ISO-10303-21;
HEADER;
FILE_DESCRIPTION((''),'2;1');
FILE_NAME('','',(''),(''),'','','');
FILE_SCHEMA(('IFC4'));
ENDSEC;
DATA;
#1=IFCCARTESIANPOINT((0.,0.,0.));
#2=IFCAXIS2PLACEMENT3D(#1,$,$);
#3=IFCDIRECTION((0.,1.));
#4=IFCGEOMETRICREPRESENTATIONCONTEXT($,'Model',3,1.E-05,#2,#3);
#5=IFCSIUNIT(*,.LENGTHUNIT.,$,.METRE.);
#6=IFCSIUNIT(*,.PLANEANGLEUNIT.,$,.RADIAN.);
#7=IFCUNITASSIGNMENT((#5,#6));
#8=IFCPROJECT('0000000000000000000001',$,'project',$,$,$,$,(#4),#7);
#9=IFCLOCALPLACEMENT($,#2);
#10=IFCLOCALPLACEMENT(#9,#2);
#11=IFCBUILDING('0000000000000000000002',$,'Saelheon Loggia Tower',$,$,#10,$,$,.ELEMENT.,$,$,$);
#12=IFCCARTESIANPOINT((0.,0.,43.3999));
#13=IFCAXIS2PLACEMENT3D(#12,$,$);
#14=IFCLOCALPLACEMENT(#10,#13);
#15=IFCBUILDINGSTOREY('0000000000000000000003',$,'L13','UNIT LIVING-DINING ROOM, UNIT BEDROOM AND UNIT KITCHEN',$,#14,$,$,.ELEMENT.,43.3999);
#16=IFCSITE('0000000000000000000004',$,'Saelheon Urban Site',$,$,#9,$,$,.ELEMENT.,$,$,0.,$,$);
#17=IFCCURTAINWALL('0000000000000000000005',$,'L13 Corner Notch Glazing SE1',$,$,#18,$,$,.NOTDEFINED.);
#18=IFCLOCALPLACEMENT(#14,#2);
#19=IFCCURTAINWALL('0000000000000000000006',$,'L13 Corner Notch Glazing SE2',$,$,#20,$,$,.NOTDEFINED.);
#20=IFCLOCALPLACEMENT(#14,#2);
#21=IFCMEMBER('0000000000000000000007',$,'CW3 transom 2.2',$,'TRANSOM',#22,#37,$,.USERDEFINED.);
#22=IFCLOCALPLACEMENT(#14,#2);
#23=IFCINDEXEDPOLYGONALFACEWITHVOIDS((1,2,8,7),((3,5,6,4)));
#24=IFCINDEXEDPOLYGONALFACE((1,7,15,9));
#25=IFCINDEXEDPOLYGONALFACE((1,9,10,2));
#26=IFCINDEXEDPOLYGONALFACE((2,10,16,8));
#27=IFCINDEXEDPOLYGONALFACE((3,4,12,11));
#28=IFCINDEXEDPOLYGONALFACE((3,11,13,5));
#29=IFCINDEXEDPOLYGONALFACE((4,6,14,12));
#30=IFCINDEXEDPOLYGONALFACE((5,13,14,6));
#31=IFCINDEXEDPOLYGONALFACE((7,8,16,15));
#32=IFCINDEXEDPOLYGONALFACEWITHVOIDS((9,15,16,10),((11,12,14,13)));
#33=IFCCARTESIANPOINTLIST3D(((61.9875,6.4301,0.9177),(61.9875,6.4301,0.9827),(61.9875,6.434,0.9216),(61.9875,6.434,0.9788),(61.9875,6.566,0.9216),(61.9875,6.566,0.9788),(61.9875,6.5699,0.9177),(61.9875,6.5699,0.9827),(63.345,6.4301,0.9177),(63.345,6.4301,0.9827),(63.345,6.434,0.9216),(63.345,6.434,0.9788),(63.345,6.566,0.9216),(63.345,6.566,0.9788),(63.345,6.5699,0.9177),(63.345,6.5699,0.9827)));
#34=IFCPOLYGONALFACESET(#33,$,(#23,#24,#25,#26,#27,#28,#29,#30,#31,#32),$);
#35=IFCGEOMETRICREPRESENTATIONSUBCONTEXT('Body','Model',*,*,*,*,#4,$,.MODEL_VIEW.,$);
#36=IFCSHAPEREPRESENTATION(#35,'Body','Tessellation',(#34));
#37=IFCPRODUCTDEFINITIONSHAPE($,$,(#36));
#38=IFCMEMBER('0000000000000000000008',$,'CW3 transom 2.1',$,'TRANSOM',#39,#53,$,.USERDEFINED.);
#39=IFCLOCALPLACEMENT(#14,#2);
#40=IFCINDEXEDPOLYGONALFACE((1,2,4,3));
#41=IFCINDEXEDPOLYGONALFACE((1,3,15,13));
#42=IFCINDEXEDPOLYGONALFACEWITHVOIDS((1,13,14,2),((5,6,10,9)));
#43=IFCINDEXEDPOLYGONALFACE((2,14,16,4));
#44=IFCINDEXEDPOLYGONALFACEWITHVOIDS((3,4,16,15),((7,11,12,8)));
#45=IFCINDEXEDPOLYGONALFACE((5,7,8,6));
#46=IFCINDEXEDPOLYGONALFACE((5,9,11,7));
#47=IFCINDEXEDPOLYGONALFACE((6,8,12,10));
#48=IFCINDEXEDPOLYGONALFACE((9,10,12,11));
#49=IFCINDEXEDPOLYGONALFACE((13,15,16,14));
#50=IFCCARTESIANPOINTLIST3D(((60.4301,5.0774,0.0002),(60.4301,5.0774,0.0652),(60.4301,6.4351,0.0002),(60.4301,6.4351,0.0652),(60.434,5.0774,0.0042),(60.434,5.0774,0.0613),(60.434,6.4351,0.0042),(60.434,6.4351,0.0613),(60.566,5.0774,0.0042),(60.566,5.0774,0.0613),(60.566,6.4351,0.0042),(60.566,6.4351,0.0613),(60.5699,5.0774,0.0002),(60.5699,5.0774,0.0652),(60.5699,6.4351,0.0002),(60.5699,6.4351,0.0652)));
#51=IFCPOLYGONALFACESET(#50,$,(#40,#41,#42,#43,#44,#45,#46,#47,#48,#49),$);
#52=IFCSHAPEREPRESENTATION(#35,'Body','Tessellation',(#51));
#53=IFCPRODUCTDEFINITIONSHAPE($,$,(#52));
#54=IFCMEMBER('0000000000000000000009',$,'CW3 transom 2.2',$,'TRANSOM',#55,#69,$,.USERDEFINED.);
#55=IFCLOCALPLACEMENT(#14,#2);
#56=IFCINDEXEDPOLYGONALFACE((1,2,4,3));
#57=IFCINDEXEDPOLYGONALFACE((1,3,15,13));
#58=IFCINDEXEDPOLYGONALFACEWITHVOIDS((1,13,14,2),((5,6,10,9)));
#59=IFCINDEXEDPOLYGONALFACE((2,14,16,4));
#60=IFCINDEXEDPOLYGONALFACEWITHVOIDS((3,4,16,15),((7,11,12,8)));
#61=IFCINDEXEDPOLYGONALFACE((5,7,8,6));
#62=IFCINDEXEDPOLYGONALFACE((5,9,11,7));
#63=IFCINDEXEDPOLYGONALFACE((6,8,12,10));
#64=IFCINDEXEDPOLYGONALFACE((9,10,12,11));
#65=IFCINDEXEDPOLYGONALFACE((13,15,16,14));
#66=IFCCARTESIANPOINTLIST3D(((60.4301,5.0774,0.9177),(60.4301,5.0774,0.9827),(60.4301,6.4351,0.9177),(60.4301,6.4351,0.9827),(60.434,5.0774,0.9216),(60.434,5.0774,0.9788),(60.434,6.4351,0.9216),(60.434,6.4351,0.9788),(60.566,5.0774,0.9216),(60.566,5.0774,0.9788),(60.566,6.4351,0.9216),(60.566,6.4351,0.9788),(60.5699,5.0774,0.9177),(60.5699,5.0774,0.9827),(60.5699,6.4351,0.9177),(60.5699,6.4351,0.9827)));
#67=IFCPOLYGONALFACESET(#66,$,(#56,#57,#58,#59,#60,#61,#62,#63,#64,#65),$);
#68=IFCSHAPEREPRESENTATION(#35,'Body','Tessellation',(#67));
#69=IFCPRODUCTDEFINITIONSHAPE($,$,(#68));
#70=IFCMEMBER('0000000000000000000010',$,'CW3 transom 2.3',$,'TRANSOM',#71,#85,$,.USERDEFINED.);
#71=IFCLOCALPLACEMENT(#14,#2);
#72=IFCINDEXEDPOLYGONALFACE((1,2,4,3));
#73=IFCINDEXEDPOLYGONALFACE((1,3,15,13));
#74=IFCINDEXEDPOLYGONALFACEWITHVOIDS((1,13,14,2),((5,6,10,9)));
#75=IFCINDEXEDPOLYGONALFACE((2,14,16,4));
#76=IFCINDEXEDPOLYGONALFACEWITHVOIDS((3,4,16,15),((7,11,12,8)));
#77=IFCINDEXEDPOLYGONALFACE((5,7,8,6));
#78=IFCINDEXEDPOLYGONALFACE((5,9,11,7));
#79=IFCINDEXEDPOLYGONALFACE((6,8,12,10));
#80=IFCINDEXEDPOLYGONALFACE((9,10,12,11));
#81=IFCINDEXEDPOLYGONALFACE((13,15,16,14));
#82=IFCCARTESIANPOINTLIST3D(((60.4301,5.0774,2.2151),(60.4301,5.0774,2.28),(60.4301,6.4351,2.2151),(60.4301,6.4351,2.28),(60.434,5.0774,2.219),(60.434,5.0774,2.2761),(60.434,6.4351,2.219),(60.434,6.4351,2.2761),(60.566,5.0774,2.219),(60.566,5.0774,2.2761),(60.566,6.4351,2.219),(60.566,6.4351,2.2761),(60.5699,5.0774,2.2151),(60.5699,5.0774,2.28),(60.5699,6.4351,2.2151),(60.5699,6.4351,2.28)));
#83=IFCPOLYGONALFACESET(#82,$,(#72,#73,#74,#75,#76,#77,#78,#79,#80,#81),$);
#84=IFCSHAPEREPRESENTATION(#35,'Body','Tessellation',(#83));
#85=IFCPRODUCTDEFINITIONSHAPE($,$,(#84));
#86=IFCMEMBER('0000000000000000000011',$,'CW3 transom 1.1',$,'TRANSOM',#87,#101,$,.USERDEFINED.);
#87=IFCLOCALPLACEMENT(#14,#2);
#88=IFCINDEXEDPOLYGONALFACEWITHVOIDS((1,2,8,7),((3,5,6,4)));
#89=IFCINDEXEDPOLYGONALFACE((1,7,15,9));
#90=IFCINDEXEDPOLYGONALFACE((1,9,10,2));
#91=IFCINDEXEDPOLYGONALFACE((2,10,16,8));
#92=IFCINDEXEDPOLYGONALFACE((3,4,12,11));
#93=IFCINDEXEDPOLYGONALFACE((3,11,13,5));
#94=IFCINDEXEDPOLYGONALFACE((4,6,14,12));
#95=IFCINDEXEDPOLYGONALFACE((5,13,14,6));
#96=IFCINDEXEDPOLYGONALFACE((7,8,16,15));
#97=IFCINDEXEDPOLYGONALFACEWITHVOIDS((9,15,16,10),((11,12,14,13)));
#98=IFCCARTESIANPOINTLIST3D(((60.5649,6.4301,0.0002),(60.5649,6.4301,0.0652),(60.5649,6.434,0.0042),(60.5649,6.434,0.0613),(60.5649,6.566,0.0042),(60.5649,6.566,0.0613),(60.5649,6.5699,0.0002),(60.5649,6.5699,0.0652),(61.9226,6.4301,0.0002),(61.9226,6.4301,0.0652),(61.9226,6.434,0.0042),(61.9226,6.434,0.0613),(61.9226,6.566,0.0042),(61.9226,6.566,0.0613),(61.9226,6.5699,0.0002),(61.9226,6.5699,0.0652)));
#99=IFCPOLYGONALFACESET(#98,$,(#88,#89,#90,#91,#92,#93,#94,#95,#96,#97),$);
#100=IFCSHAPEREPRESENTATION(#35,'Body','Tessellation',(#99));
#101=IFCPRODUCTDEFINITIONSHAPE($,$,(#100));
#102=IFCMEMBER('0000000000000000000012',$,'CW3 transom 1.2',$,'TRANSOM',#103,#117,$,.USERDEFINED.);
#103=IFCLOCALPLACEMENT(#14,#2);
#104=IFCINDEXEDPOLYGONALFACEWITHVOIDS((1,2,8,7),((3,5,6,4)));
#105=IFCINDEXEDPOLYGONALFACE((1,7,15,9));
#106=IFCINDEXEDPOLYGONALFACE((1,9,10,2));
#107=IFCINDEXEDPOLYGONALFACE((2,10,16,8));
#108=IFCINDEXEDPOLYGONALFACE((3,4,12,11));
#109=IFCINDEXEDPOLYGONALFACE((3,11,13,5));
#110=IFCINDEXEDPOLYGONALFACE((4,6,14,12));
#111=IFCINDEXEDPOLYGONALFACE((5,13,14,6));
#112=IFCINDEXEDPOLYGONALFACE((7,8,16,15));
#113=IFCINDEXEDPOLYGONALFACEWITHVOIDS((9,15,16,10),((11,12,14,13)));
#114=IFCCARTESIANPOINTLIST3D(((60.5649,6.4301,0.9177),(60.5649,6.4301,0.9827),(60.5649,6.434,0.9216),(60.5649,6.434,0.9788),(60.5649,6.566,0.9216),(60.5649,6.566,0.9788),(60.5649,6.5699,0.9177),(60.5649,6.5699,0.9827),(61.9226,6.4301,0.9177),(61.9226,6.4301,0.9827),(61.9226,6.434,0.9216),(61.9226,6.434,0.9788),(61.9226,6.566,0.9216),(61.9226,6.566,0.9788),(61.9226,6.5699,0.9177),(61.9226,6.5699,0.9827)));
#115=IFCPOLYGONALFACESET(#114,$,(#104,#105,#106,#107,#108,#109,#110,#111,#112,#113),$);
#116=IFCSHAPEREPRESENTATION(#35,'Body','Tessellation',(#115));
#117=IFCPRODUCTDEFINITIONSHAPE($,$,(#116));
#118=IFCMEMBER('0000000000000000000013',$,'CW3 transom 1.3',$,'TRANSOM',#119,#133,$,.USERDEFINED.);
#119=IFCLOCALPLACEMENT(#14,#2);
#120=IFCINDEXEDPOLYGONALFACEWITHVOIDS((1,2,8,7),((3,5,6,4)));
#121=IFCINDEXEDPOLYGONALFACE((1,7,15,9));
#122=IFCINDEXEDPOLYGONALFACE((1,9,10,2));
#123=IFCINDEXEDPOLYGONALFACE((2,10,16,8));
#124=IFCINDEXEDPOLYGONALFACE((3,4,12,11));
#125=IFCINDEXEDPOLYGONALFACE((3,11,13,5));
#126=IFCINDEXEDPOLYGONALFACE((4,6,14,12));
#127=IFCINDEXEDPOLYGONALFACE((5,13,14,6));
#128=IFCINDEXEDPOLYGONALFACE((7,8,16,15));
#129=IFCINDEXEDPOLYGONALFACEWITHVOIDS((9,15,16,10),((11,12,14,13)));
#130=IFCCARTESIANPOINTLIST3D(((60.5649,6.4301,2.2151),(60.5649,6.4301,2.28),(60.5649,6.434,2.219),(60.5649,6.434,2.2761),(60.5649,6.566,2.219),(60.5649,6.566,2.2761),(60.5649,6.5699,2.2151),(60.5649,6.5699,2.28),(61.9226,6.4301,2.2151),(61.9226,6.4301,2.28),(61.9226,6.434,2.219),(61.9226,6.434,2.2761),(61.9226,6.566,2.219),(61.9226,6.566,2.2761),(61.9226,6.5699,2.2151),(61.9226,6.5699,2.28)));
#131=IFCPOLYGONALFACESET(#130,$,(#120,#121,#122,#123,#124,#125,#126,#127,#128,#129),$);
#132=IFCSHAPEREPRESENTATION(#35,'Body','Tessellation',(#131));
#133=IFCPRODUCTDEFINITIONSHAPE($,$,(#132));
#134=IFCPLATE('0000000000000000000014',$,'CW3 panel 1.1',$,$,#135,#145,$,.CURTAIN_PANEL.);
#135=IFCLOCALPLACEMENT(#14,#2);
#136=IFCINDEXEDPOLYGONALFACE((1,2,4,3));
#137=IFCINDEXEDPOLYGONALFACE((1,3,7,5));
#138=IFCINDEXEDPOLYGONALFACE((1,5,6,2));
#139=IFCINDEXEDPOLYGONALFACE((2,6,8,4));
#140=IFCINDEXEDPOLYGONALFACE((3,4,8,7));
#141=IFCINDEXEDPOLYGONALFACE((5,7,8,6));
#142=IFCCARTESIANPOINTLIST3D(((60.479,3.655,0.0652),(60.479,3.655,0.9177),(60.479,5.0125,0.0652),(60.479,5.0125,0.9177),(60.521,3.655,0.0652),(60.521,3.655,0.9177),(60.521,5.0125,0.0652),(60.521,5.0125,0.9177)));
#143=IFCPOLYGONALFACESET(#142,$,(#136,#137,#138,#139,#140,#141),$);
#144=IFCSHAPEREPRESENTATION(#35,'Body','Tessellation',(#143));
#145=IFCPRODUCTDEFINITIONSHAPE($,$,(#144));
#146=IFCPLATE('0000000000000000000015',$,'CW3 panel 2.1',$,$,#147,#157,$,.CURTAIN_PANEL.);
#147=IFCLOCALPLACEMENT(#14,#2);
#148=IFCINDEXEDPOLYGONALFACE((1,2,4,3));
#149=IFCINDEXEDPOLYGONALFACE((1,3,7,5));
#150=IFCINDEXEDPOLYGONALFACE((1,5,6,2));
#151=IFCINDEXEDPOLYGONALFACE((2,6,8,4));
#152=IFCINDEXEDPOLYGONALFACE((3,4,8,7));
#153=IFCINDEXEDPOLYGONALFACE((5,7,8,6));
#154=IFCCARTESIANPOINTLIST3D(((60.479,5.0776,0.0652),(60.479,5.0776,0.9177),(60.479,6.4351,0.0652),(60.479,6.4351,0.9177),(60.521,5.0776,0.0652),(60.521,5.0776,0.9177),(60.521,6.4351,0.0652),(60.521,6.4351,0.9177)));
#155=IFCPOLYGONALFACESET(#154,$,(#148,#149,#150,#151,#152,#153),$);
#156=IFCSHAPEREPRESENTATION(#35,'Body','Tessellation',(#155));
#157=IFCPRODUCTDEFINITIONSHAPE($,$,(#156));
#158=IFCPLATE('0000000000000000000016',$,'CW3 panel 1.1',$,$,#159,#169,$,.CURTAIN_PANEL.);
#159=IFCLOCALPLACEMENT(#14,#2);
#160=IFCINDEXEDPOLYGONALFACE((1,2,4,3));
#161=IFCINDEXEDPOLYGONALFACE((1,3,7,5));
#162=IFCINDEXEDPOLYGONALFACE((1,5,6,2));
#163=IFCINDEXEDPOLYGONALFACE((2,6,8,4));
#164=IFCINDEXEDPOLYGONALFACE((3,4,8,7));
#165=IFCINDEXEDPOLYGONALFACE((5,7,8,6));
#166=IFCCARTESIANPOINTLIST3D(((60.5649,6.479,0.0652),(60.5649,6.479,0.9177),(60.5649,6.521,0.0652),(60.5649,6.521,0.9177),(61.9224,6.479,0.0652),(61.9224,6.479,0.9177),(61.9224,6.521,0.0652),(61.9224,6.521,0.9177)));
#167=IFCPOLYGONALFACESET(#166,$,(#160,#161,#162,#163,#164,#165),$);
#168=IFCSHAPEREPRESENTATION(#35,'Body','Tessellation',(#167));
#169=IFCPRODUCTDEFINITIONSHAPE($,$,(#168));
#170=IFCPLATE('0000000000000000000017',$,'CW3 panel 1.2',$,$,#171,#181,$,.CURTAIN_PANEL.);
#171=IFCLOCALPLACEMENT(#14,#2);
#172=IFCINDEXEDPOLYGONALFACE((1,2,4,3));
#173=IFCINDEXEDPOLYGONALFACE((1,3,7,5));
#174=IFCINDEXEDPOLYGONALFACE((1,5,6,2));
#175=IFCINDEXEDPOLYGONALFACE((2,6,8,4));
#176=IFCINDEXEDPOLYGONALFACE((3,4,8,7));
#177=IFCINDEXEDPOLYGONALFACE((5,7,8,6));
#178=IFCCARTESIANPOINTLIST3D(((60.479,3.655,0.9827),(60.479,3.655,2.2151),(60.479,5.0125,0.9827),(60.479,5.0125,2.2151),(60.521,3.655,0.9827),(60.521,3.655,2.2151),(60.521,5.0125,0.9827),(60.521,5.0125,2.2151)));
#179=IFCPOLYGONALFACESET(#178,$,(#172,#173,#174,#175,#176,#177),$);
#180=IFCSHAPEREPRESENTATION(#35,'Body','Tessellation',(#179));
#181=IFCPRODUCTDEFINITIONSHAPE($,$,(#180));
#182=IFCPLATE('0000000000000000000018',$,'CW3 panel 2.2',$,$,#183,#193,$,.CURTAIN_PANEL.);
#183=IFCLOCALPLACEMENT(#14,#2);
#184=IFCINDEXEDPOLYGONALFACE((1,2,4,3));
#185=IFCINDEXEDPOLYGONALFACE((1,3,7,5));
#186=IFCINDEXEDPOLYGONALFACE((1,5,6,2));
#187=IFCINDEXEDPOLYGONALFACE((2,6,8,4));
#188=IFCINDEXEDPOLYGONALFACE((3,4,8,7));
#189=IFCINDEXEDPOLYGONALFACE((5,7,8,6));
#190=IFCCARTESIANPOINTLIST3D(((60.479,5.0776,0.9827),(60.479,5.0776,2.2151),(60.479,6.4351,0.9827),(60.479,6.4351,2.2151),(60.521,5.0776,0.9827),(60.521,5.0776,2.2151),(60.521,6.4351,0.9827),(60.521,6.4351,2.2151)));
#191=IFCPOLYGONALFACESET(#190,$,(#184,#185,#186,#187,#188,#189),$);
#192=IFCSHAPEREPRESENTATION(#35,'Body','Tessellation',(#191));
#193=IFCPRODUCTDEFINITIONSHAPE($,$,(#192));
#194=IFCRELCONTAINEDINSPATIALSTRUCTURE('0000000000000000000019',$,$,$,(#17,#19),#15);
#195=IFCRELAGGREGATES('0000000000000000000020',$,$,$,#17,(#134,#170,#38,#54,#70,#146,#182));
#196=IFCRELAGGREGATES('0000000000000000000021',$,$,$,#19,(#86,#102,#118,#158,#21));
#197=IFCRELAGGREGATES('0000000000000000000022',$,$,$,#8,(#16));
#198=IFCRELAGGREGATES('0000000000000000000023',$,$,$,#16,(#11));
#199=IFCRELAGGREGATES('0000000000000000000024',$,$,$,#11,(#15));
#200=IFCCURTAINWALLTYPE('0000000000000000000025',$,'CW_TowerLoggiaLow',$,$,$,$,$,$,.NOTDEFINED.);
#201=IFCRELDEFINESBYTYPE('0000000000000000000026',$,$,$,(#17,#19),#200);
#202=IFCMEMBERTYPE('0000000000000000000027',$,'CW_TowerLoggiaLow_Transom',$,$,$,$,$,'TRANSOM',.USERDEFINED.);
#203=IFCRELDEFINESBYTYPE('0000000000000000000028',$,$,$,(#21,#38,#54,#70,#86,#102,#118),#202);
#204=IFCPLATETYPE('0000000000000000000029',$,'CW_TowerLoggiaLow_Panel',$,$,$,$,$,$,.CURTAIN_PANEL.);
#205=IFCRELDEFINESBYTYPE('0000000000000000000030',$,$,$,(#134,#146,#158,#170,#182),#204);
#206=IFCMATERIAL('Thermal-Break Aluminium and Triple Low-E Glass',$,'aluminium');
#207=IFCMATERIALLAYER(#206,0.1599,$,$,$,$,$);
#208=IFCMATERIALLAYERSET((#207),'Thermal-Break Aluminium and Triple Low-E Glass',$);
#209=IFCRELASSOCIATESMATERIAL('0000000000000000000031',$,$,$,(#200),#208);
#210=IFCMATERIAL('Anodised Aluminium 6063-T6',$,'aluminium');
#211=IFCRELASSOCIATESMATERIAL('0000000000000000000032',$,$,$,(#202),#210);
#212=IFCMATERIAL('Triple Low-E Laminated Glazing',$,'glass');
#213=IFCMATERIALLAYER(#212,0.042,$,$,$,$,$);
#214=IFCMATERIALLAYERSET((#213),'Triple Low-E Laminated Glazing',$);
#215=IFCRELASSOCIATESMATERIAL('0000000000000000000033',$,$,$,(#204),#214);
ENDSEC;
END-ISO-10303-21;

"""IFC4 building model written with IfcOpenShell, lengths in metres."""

from ifc_helpers import new_model, si_unit, direction, frame, origin, origin_2d, place, context, subcontext, project, spatial, rectangle, hollow_rectangle, extrude, source, transform, mapped, material, layer, layer_set, material_profile, profile_set, type_object, element, aggregate, save


model = new_model("IFC4")

# Units and contexts
model_context = context("Model", 3, precision=1e-05, world=origin(), true_north=direction((0.0, 1.0)))
body_context = subcontext(model_context, "Body", "Model", "MODEL_VIEW")
ifc_project = project(units=[si_unit("LENGTHUNIT", "METRE"), si_unit("PLANEANGLEUNIT", "RADIAN")], contexts=[model_context])

# Site, building, storey
site_placement = place(None, origin())
site = spatial("IfcSite", under=ifc_project, at=site_placement, Name="Saelheon Urban Site", CompositionType="ELEMENT", RefElevation=0.0)
building_placement = place(site_placement, origin())
building = spatial("IfcBuilding", under=site, at=building_placement, Name="Saelheon Loggia Tower", CompositionType="ELEMENT")
storey_placement = place(building_placement, frame((0.0, 0.0, 43.3999)))
storey = spatial("IfcBuildingStorey", under=building, at=storey_placement, Name="L13", Description="UNIT LIVING-DINING ROOM, UNIT BEDROOM AND UNIT KITCHEN", CompositionType="ELEMENT", Elevation=43.3999)

# Curtain walls
ifc_material_1 = material(Name="Thermal-Break Aluminium and Triple Low-E Glass", Category="aluminium")
ifc_layer_1 = layer(ifc_material_1, 0.1599)
ifc_layer_set_1 = layer_set([ifc_layer_1], Name="Thermal-Break Aluminium and Triple Low-E Glass")
curtain_wall_type = type_object("IfcCurtainWallType", Name="CW_TowerLoggiaLow", PredefinedType="NOTDEFINED", material=ifc_layer_set_1)
curtain_wall_1_placement = place(storey_placement, origin())
curtain_wall_1 = element("IfcCurtainWall", 1, at=curtain_wall_1_placement, inside=storey, type_object=curtain_wall_type, Name="L13 Corner Notch Glazing SE1", PredefinedType="NOTDEFINED")
ifc_material_2 = material(Name="Anodised Aluminium 6063-T6", Category="aluminium")
curtain_wall_2_placement = place(storey_placement, origin())
curtain_wall_2 = element("IfcCurtainWall", 2, at=curtain_wall_2_placement, inside=storey, type_object=curtain_wall_type, Name="L13 Corner Notch Glazing SE2", PredefinedType="NOTDEFINED")

# Members
ifc_material_profile_1 = material_profile(ifc_material_2, hollow_rectangle(XDim=0.0649, YDim=0.1399, WallThickness=0.0039, at=origin_2d()), Name="RHS-140x65x4")
ifc_profile_set_1 = profile_set([ifc_material_profile_1], Name="Anodised Aluminium 6063-T6")
member_type_1 = type_object("IfcMemberType", Name="CW_TowerLoggiaLow_Transom", ElementType="TRANSOM", PredefinedType="USERDEFINED", material=ifc_profile_set_1)
shared_shape_1 = source(origin(), body_context, "Body", "SweptSolid", [
    extrude(hollow_rectangle(XDim=0.0649, YDim=0.1399, WallThickness=0.0039, at=origin_2d()), origin(), (0.0, 0.0, 1.0), 1.3574),
])
member_1_placement = place(storey_placement, frame((61.9875, 6.5, 0.9502), z_axis=(1.0, 0.0, 0.0), x_axis=(0.0, 0.0, 1.0)))
member_1 = element("IfcMember", 3, at=member_1_placement, type_object=member_type_1, Name="CW3 transom 2.2", ObjectType="TRANSOM", PredefinedType="USERDEFINED", context=body_context, shape_type="MappedRepresentation", body=[
    mapped(shared_shape_1, transform((0.0, 0.0, 0.0), scale=1.0)),
])
shared_shape_2 = source(origin(), body_context, "Body", "SweptSolid", [
    extrude(hollow_rectangle(XDim=0.0649, YDim=0.1399, WallThickness=0.0039, at=origin_2d()), origin(), (0.0, 0.0, 1.0), 1.3577),
])
member_2_placement = place(storey_placement, frame((60.5, 5.0774, 0.0327), z_axis=(0.0, 1.0, 0.0), x_axis=(0.0, 0.0, 1.0)))
member_2 = element("IfcMember", 4, at=member_2_placement, type_object=member_type_1, Name="CW3 transom 2.1", ObjectType="TRANSOM", PredefinedType="USERDEFINED", context=body_context, shape_type="MappedRepresentation", body=[
    mapped(shared_shape_2, transform((0.0, 0.0, 0.0), scale=1.0)),
])
member_3_placement = place(storey_placement, frame((60.5, 5.0774, 0.9502), z_axis=(0.0, 1.0, 0.0), x_axis=(0.0, 0.0, 1.0)))
member_3 = element("IfcMember", 5, at=member_3_placement, type_object=member_type_1, Name="CW3 transom 2.2", ObjectType="TRANSOM", PredefinedType="USERDEFINED", context=body_context, shape_type="MappedRepresentation", body=[
    mapped(shared_shape_2, transform((0.0, 0.0, 0.0), scale=1.0)),
])
member_4_placement = place(storey_placement, frame((60.5, 5.0774, 2.2476), z_axis=(0.0, 1.0, 0.0), x_axis=(0.0, 0.0, 1.0)))
member_4 = element("IfcMember", 6, at=member_4_placement, type_object=member_type_1, Name="CW3 transom 2.3", ObjectType="TRANSOM", PredefinedType="USERDEFINED", context=body_context, shape_type="MappedRepresentation", body=[
    mapped(shared_shape_2, transform((0.0, 0.0, 0.0), scale=1.0)),
])
member_5_placement = place(storey_placement, frame((60.5649, 6.5, 0.0327), z_axis=(1.0, 0.0, 0.0), x_axis=(0.0, 0.0, 1.0)))
member_5 = element("IfcMember", 7, at=member_5_placement, type_object=member_type_1, Name="CW3 transom 1.1", ObjectType="TRANSOM", PredefinedType="USERDEFINED", context=body_context, shape_type="MappedRepresentation", body=[
    mapped(shared_shape_2, transform((0.0, 0.0, 0.0), scale=1.0)),
])
member_6_placement = place(storey_placement, frame((60.5649, 6.5, 0.9502), z_axis=(1.0, 0.0, 0.0), x_axis=(0.0, 0.0, 1.0)))
member_6 = element("IfcMember", 8, at=member_6_placement, type_object=member_type_1, Name="CW3 transom 1.2", ObjectType="TRANSOM", PredefinedType="USERDEFINED", context=body_context, shape_type="MappedRepresentation", body=[
    mapped(shared_shape_2, transform((0.0, 0.0, 0.0), scale=1.0)),
])
member_7_placement = place(storey_placement, frame((60.5649, 6.5, 2.2476), z_axis=(1.0, 0.0, 0.0), x_axis=(0.0, 0.0, 1.0)))
member_7 = element("IfcMember", 9, at=member_7_placement, type_object=member_type_1, Name="CW3 transom 1.3", ObjectType="TRANSOM", PredefinedType="USERDEFINED", context=body_context, shape_type="MappedRepresentation", body=[
    mapped(shared_shape_2, transform((0.0, 0.0, 0.0), scale=1.0)),
])

# Plates
ifc_material_3 = material(Name="Triple Low-E Laminated Glazing", Category="glass")
ifc_layer_2 = layer(ifc_material_3, 0.042)
ifc_layer_set_2 = layer_set([ifc_layer_2], Name="Triple Low-E Laminated Glazing")
plate_type = type_object("IfcPlateType", Name="CW_TowerLoggiaLow_Panel", PredefinedType="CURTAIN_PANEL", material=ifc_layer_set_2)
shared_shape_3 = source(origin(), body_context, "Body", "SweptSolid", [
    extrude(rectangle(XDim=1.3574, YDim=0.042, at=origin_2d()), origin(), (0.0, 0.0, 1.0), 0.8525),
])
plate_1_placement = place(storey_placement, frame((60.5, 4.3337, 0.0652), z_axis=(0.0, 0.0, 1.0), x_axis=(0.0, 1.0, 0.0)))
plate_1 = element("IfcPlate", 10, at=plate_1_placement, type_object=plate_type, Name="CW3 panel 1.1", PredefinedType="CURTAIN_PANEL", context=body_context, shape_type="MappedRepresentation", body=[
    mapped(shared_shape_3, transform((0.0, 0.0, 0.0), scale=1.0)),
])
plate_2_placement = place(storey_placement, frame((60.5, 5.7563, 0.0652), z_axis=(0.0, 0.0, 1.0), x_axis=(0.0, 1.0, 0.0)))
plate_2 = element("IfcPlate", 11, at=plate_2_placement, type_object=plate_type, Name="CW3 panel 2.1", PredefinedType="CURTAIN_PANEL", context=body_context, shape_type="MappedRepresentation", body=[
    mapped(shared_shape_3, transform((0.0, 0.0, 0.0), scale=1.0)),
])
plate_3_placement = place(storey_placement, frame((61.2437, 6.5, 0.0652), z_axis=(0.0, 0.0, 1.0), x_axis=(1.0, 0.0, 0.0)))
plate_3 = element("IfcPlate", 12, at=plate_3_placement, type_object=plate_type, Name="CW3 panel 1.1", PredefinedType="CURTAIN_PANEL", context=body_context, shape_type="MappedRepresentation", body=[
    mapped(shared_shape_3, transform((0.0, 0.0, 0.0), scale=1.0)),
])
shared_shape_4 = source(origin(), body_context, "Body", "SweptSolid", [
    extrude(rectangle(XDim=1.3574, YDim=0.042, at=origin_2d()), origin(), (0.0, 0.0, 1.0), 1.2324),
])
plate_4_placement = place(storey_placement, frame((60.5, 4.3337, 0.9827), z_axis=(0.0, 0.0, 1.0), x_axis=(0.0, 1.0, 0.0)))
plate_4 = element("IfcPlate", 13, at=plate_4_placement, type_object=plate_type, Name="CW3 panel 1.2", PredefinedType="CURTAIN_PANEL", context=body_context, shape_type="MappedRepresentation", body=[
    mapped(shared_shape_4, transform((0.0, 0.0, 0.0), scale=1.0)),
])
plate_5_placement = place(storey_placement, frame((60.5, 5.7563, 0.9827), z_axis=(0.0, 0.0, 1.0), x_axis=(0.0, 1.0, 0.0)))
plate_5 = element("IfcPlate", 14, at=plate_5_placement, type_object=plate_type, Name="CW3 panel 2.2", PredefinedType="CURTAIN_PANEL", context=body_context, shape_type="MappedRepresentation", body=[
    mapped(shared_shape_4, transform((0.0, 0.0, 0.0), scale=1.0)),
])
aggregate(curtain_wall_1, [plate_1, plate_4, member_2, member_3, member_4, plate_2, plate_5])
aggregate(curtain_wall_2, [member_5, member_6, member_7, plate_3, member_1])

save(model, "model.ifc")
